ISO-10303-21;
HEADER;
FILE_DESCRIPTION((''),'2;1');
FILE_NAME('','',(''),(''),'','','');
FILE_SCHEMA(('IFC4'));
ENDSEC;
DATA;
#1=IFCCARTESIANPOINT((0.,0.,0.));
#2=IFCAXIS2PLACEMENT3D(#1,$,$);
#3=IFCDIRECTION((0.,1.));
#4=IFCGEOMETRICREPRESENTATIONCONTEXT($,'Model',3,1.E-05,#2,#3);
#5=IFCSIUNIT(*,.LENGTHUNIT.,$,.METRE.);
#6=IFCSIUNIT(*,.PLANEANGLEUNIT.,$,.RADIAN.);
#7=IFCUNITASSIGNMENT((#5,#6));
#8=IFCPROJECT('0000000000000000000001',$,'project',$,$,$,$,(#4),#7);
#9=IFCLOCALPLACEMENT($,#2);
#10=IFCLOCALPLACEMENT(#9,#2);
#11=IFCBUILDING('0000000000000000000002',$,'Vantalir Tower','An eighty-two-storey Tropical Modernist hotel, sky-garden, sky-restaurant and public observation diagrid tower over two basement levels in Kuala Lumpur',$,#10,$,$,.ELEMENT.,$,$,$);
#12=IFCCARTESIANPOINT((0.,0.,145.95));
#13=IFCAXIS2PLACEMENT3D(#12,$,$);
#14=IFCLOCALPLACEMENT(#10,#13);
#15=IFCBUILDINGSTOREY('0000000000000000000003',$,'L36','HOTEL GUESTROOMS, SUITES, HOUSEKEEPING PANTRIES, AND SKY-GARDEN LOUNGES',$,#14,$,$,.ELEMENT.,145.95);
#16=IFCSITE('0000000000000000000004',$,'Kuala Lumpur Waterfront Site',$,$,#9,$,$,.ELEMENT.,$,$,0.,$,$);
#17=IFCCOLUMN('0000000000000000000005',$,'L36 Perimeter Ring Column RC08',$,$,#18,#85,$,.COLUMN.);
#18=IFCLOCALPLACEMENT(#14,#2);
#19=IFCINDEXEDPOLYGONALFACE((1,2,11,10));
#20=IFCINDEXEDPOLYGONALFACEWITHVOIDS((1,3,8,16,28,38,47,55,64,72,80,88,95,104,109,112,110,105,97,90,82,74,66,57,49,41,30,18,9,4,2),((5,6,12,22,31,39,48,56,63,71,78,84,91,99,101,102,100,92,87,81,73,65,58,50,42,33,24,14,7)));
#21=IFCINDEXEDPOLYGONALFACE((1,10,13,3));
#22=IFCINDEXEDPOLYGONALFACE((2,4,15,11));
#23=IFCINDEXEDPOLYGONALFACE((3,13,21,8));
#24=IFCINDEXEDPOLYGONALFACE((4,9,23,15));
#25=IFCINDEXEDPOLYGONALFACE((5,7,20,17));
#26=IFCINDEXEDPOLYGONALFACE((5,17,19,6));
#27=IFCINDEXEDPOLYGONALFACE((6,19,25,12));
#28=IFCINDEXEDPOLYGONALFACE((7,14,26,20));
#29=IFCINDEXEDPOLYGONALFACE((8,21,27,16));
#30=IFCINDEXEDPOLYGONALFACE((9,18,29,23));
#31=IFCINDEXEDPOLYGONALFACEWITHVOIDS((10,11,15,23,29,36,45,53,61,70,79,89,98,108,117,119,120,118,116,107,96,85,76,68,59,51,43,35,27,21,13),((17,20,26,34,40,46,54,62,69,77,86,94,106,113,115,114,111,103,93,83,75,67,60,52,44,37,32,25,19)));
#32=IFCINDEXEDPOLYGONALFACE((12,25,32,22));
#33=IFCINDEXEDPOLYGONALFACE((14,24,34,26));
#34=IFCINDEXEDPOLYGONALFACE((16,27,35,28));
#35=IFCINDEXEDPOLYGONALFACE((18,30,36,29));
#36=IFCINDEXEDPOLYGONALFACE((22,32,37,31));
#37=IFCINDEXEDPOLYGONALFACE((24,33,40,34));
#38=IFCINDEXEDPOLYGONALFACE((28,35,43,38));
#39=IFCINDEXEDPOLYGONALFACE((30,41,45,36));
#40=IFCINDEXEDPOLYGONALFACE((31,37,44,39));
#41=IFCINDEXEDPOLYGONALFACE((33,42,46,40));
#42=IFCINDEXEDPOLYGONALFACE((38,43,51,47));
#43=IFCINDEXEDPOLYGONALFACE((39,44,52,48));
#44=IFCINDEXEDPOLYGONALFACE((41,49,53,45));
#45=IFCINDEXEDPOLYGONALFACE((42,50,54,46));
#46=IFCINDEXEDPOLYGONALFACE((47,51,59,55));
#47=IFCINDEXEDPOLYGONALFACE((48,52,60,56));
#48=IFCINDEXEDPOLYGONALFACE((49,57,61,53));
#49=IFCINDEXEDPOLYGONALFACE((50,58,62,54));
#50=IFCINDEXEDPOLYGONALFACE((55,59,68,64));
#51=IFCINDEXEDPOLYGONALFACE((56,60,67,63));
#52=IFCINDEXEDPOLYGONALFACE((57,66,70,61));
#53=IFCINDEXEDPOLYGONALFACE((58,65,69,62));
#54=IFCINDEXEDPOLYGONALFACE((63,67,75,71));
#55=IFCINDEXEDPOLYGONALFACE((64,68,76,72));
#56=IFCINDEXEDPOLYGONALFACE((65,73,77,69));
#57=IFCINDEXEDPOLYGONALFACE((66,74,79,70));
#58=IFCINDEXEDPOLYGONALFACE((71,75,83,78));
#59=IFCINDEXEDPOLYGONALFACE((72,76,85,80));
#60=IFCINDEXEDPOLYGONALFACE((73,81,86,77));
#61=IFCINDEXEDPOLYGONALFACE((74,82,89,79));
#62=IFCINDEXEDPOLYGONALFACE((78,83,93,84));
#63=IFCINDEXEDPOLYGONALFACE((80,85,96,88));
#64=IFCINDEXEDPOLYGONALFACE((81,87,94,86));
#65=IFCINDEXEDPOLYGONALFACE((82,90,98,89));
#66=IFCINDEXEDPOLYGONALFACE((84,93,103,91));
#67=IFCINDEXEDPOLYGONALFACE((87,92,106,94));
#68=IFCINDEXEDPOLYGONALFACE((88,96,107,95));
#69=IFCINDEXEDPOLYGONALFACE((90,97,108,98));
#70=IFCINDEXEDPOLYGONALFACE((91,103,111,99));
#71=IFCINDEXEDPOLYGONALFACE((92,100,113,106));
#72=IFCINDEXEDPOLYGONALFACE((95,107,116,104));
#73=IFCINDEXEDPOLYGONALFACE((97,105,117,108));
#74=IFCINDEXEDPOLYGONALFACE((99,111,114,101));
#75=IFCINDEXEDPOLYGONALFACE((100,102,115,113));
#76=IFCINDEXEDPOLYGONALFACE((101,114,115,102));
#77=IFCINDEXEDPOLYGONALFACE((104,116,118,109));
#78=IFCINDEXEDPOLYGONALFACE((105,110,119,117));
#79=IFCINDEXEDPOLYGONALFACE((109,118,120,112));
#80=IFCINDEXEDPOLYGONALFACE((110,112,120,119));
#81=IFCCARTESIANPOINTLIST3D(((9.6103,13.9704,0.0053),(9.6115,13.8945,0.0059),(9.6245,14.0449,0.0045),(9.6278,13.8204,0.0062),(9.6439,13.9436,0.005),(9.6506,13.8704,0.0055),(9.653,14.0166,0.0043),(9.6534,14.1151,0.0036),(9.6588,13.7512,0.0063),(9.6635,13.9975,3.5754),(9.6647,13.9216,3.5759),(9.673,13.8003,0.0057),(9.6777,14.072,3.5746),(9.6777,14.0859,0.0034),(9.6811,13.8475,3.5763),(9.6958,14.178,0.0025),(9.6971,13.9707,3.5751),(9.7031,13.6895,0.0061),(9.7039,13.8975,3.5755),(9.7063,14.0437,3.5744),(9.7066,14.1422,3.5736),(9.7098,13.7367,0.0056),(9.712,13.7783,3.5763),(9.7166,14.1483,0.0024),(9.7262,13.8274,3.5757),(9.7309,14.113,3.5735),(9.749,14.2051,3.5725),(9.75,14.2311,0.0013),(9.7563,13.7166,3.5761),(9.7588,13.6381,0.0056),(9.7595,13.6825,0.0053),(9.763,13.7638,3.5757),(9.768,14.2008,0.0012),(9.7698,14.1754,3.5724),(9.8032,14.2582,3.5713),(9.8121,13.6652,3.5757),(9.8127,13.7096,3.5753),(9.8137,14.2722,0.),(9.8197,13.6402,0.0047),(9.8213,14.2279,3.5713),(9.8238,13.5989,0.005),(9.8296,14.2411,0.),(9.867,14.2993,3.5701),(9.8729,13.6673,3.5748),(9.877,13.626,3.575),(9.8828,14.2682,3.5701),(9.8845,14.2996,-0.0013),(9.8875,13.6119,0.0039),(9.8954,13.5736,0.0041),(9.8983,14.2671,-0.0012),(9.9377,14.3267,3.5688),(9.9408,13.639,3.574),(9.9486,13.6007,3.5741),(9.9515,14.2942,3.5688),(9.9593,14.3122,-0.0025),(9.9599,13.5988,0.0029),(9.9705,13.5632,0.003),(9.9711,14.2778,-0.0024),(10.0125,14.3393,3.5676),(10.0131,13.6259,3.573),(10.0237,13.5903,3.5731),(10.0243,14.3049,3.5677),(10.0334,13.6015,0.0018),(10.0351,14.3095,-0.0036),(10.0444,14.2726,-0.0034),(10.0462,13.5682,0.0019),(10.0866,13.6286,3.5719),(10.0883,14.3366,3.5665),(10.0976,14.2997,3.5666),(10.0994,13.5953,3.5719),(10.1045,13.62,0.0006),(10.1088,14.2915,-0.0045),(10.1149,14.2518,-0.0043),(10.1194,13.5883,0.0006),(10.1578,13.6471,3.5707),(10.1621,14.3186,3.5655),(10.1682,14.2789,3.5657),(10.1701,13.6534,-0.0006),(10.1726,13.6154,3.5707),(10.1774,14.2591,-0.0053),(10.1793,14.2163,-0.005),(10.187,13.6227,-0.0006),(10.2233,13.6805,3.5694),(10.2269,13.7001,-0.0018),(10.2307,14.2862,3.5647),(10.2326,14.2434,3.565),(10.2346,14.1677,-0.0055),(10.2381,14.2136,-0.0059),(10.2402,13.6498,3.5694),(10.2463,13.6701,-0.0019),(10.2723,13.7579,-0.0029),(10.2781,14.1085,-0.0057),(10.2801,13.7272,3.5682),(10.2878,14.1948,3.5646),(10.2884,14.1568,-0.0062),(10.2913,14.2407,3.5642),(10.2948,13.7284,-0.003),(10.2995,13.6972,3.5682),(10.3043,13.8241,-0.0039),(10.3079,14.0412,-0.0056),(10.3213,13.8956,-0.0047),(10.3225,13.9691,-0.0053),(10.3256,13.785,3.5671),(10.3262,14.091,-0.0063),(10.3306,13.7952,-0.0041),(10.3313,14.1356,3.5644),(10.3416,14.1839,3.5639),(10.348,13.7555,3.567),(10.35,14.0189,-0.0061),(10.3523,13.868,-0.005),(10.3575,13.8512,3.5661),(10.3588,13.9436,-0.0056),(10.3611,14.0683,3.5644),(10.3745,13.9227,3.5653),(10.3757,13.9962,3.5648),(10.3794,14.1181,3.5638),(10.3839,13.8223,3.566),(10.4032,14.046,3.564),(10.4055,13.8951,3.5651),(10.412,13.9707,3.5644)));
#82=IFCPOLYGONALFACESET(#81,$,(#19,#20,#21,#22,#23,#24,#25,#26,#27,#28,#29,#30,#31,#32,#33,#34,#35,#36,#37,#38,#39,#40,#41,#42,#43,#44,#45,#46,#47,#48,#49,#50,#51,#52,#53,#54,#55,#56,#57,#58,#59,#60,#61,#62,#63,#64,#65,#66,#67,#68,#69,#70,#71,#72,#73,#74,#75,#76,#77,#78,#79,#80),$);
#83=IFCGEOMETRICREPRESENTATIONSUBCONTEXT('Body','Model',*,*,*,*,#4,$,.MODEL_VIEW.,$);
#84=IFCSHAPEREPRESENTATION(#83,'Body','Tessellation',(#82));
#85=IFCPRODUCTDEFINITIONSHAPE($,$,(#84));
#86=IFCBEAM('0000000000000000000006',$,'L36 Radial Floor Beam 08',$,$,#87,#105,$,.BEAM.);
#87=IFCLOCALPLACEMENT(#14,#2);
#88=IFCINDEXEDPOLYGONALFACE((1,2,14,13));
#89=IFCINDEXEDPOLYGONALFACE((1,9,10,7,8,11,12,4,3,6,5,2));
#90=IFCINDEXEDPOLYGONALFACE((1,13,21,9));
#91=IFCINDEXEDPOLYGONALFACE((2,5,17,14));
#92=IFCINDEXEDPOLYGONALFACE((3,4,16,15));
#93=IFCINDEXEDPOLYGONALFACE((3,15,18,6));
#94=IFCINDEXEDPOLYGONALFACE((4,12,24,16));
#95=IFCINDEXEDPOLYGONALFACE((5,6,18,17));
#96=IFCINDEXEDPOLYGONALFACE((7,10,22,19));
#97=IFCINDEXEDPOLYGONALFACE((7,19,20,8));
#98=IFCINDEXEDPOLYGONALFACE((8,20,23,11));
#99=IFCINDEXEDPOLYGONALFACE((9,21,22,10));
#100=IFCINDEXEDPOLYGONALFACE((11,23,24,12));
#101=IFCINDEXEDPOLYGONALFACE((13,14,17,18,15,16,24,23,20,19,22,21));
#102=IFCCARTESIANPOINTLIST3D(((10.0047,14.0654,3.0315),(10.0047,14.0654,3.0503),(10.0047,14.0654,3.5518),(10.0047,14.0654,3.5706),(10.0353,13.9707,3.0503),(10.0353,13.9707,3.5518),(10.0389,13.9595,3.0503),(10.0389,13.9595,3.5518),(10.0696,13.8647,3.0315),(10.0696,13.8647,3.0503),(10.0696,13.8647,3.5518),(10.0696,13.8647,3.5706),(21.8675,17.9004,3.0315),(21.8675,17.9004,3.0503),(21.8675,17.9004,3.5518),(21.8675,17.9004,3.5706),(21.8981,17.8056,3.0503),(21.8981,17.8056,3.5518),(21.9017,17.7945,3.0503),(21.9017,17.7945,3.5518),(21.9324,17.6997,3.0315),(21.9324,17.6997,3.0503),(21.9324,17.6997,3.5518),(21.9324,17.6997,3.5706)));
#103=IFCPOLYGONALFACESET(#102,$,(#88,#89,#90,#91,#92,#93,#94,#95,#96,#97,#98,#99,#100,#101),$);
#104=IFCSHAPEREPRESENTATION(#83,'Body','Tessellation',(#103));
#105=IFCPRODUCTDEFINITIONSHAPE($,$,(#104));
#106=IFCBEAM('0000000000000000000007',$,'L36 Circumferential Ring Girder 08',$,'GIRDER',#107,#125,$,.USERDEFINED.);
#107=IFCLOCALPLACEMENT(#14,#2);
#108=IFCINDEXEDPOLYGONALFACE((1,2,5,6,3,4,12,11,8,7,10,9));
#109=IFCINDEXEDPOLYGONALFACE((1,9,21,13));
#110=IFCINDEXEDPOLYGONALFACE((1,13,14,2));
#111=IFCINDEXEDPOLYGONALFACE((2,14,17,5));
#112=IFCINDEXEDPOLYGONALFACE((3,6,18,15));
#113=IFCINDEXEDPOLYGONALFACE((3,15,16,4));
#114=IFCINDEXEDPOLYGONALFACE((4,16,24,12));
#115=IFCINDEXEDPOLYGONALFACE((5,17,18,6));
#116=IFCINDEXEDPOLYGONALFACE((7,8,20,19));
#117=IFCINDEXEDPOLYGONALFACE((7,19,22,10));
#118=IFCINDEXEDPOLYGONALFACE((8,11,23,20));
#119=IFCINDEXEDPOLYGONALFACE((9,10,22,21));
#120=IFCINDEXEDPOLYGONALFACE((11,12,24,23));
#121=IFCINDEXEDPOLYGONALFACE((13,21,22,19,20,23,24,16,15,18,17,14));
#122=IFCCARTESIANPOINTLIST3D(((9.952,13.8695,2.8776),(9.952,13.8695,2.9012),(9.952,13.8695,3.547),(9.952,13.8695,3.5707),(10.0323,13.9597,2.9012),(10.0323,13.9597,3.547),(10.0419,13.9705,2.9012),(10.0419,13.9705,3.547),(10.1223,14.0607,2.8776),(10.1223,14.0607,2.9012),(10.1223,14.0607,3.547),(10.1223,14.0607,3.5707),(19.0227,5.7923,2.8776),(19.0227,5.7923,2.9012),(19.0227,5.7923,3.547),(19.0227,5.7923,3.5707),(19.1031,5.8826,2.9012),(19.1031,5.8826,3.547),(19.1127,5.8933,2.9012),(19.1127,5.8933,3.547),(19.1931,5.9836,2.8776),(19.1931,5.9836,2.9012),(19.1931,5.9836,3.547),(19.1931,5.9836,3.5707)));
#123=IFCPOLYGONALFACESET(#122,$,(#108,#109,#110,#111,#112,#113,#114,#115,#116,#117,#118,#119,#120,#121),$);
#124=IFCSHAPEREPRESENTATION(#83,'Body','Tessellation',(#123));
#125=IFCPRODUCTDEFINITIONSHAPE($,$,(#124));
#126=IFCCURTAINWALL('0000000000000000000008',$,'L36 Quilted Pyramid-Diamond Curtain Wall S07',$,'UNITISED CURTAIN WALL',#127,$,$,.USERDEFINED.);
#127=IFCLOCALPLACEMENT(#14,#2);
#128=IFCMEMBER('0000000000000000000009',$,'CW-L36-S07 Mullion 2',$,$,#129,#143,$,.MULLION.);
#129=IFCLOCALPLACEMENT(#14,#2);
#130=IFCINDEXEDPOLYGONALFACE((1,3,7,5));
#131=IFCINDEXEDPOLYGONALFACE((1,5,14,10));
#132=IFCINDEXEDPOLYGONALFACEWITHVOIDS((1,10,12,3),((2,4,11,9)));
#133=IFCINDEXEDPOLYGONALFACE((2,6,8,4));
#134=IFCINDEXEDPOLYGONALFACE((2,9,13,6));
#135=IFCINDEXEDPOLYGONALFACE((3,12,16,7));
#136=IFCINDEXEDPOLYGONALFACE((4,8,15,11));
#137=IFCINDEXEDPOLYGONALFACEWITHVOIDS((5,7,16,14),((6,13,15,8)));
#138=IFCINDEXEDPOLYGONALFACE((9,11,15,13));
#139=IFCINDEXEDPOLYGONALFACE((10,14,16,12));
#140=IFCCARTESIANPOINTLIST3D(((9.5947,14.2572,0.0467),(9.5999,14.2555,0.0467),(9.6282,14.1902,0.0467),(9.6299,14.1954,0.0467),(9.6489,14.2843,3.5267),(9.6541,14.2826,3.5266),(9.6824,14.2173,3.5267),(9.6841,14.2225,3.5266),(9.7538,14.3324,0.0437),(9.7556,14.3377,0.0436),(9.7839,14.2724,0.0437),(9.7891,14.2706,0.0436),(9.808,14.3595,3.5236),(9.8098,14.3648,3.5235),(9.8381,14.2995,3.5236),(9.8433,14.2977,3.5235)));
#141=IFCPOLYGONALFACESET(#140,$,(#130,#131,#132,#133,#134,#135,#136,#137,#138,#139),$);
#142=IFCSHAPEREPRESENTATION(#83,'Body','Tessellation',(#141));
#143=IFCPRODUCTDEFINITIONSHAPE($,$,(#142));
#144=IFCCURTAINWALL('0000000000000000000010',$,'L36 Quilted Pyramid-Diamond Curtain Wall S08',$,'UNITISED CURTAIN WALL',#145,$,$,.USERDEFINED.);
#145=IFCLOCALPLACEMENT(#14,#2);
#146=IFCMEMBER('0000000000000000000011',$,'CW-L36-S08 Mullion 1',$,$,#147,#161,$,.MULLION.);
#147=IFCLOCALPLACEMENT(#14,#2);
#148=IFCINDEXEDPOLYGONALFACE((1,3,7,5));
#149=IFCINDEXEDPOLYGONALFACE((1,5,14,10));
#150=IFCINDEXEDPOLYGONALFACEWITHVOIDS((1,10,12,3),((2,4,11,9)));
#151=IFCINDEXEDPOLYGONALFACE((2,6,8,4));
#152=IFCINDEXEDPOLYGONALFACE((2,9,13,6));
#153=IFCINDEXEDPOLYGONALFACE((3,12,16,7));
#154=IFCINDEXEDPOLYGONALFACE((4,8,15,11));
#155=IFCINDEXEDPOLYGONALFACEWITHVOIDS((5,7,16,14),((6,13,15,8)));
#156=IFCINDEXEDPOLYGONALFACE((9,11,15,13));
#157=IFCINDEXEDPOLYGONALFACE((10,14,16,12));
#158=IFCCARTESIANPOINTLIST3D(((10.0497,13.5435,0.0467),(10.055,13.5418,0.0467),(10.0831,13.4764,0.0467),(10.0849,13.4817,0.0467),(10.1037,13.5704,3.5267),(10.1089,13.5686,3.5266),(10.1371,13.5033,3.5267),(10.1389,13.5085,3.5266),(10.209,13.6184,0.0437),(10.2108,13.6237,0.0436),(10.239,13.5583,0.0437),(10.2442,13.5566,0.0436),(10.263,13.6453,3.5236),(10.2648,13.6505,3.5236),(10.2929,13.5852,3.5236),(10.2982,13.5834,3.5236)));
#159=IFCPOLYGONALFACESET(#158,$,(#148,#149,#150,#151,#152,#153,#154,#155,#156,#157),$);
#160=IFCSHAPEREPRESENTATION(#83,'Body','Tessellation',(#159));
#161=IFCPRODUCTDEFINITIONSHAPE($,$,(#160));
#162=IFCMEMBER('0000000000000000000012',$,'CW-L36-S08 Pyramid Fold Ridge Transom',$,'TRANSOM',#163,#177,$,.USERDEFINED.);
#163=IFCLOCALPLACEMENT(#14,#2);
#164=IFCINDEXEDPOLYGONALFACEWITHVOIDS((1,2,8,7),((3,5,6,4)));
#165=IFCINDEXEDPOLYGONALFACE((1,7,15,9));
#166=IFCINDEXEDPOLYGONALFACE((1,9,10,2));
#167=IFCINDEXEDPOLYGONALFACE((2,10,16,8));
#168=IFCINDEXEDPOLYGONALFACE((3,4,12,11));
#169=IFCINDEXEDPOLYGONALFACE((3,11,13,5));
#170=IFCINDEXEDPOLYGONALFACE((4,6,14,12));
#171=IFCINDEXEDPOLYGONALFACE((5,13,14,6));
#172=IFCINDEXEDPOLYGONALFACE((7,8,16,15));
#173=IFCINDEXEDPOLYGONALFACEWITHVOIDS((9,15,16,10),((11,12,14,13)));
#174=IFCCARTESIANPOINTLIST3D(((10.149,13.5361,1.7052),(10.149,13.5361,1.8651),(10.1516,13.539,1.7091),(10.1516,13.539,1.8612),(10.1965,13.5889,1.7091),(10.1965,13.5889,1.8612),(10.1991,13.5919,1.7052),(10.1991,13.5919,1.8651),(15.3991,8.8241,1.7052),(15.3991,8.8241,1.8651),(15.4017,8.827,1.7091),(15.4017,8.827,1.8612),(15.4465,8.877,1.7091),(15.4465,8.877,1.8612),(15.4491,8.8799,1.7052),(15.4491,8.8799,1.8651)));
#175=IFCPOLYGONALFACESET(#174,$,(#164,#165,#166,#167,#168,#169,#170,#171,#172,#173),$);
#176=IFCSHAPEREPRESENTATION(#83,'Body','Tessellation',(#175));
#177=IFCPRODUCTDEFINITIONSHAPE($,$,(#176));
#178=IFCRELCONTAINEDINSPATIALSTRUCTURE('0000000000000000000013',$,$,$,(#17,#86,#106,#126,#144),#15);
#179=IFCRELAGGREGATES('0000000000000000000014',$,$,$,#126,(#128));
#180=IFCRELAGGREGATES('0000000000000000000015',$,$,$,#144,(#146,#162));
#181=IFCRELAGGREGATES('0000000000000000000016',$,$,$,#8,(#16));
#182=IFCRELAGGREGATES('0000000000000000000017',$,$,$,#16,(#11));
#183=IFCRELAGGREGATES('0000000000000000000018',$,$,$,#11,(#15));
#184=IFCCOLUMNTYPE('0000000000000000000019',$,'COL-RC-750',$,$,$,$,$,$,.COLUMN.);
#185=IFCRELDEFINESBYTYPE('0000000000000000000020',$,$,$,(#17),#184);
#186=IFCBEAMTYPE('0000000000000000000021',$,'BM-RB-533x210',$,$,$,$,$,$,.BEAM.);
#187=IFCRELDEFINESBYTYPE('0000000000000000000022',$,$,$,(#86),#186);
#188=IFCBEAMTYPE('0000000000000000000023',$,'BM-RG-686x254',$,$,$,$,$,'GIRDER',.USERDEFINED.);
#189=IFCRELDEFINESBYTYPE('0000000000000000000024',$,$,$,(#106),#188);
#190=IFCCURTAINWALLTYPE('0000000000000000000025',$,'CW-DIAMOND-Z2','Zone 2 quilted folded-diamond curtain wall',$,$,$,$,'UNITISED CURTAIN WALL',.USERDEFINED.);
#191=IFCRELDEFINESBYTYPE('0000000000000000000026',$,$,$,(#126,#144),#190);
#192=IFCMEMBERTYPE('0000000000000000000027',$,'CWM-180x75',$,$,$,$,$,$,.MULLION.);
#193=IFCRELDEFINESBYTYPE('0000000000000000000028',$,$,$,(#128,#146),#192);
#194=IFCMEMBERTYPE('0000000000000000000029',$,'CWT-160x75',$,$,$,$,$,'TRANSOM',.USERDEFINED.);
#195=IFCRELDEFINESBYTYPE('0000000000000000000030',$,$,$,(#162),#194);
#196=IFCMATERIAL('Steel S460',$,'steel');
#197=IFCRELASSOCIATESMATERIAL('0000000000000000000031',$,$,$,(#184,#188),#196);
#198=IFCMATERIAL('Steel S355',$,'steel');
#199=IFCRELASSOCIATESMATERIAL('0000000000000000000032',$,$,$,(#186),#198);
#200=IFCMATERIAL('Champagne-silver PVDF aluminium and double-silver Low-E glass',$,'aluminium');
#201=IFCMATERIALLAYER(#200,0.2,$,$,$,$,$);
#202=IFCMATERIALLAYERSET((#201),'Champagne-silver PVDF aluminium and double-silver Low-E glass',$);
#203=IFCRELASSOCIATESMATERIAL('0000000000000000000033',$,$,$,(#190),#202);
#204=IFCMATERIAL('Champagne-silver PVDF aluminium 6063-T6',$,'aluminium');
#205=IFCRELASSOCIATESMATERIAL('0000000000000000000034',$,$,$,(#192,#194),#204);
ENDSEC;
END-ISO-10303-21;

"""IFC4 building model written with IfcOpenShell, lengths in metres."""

from ifc_helpers import new_model, si_unit, direction, frame, origin, origin_2d, place, context, subcontext, project, spatial, hollow_rectangle, hollow_circle, i_section, extrude, material, layer, layer_set, material_profile, profile_set, type_object, element, aggregate, save


model = new_model("IFC4")

# Units and contexts
model_context = context("Model", 3, precision=1e-05, world=origin(), true_north=direction((0.0, 1.0)))
body_context = subcontext(model_context, "Body", "Model", "MODEL_VIEW")
ifc_project = project(units=[si_unit("LENGTHUNIT", "METRE"), si_unit("PLANEANGLEUNIT", "RADIAN")], contexts=[model_context])

# Site, building, storey
site_placement = place(None, origin())
site = spatial("IfcSite", under=ifc_project, at=site_placement, Name="Kuala Lumpur Waterfront Site", CompositionType="ELEMENT", RefElevation=0.0)
building_placement = place(site_placement, origin())
building = spatial("IfcBuilding", under=site, at=building_placement, Name="Vantalir Tower", Description="An eighty-two-storey Tropical Modernist hotel, sky-garden, sky-restaurant and public observation diagrid tower over two basement levels in Kuala Lumpur", CompositionType="ELEMENT")
storey_placement = place(building_placement, frame((0.0, 0.0, 145.95)))
storey = spatial("IfcBuildingStorey", under=building, at=storey_placement, Name="L36", Description="HOTEL GUESTROOMS, SUITES, HOUSEKEEPING PANTRIES, AND SKY-GARDEN LOUNGES", CompositionType="ELEMENT", Elevation=145.95)

# Column
ifc_material_1 = material(Name="Steel S460", Category="steel")
ifc_material_profile_1 = material_profile(ifc_material_1, hollow_circle(Radius=0.375, WallThickness=0.0349, at=origin_2d()), Name="Steel S460")
ifc_profile_set_1 = profile_set([ifc_material_profile_1], Name="Steel S460")
column_type = type_object("IfcColumnType", Name="COL-RC-750", PredefinedType="COLUMN", material=ifc_profile_set_1)
column_placement = place(storey_placement, frame((9.9839, 13.938, 0.0), z_axis=(0.014906, 0.00759, 0.99986), x_axis=(-0.453742, 0.891133, 0.0)))
element("IfcColumn", 1, at=column_placement, inside=storey, type_object=column_type, Name="L36 Perimeter Ring Column RC08", PredefinedType="COLUMN", context=body_context, shape_type="SweptSolid", body=[
    extrude(hollow_circle(Radius=0.375, WallThickness=0.0349, at=origin_2d()), origin(), (0.0, 0.0, 1.0), 3.5706),
])

# Beams
ifc_material_2 = material(Name="Steel S355", Category="steel")
ifc_material_profile_2 = material_profile(ifc_material_2, i_section(OverallWidth=0.2109, OverallDepth=0.5391, WebThickness=0.0117, FlangeThickness=0.0188, at=origin_2d()), Name="Steel S355")
ifc_profile_set_2 = profile_set([ifc_material_profile_2], Name="Steel S355")
beam_type_1 = type_object("IfcBeamType", Name="BM-RB-533x210", PredefinedType="BEAM", material=ifc_profile_set_2)
beam_1_placement = place(storey_placement, frame((10.0371, 13.9651, 3.301), z_axis=(0.951515, 0.307602, 0.0), x_axis=(-0.307602, 0.951515, 0.0)))
element("IfcBeam", 2, at=beam_1_placement, inside=storey, type_object=beam_type_1, Name="L36 Radial Floor Beam 08", PredefinedType="BEAM", context=body_context, shape_type="SweptSolid", body=[
    extrude(i_section(OverallWidth=0.2109, OverallDepth=0.5391, WebThickness=0.0117, FlangeThickness=0.0188, at=origin_2d()), origin(), (0.0, 0.0, 1.0), 12.4673),
])
ifc_material_profile_3 = material_profile(ifc_material_1, i_section(OverallWidth=0.2561, OverallDepth=0.6931, WebThickness=0.0144, FlangeThickness=0.0237, at=origin_2d()), Name="Steel S460")
ifc_profile_set_3 = profile_set([ifc_material_profile_3], Name="Steel S460")
beam_type_2 = type_object("IfcBeamType", Name="BM-RG-686x254", ElementType="GIRDER", PredefinedType="USERDEFINED", material=ifc_profile_set_3)
beam_2_placement = place(storey_placement, frame((10.0371, 13.9651, 3.2241), z_axis=(0.746828, -0.665017, 0.0), x_axis=(0.665017, 0.746828, 0.0)))
element("IfcBeam", 3, at=beam_2_placement, inside=storey, type_object=beam_type_2, Name="L36 Circumferential Ring Girder 08", ObjectType="GIRDER", PredefinedType="USERDEFINED", context=body_context, shape_type="SweptSolid", body=[
    extrude(i_section(OverallWidth=0.2561, OverallDepth=0.6931, WebThickness=0.0144, FlangeThickness=0.0237, at=origin_2d()), origin(), (0.0, 0.0, 1.0), 12.1458),
])

# Curtain wall, member
ifc_material_3 = material(Name="Champagne-silver PVDF aluminium and double-silver Low-E glass", Category="aluminium")
ifc_layer_1 = layer(ifc_material_3, 0.2)
ifc_layer_set_1 = layer_set([ifc_layer_1], Name="Champagne-silver PVDF aluminium and double-silver Low-E glass")
curtain_wall_type = type_object("IfcCurtainWallType", Name="CW-DIAMOND-Z2", Description="Zone 2 quilted folded-diamond curtain wall", ElementType="UNITISED CURTAIN WALL", PredefinedType="USERDEFINED", material=ifc_layer_set_1)
curtain_wall_1_placement = place(storey_placement, origin())
curtain_wall_1 = element("IfcCurtainWall", 4, at=curtain_wall_1_placement, inside=storey, type_object=curtain_wall_type, Name="L36 Quilted Pyramid-Diamond Curtain Wall S07", ObjectType="UNITISED CURTAIN WALL", PredefinedType="USERDEFINED")
ifc_material_4 = material(Name="Champagne-silver PVDF aluminium 6063-T6", Category="aluminium")
ifc_material_profile_4 = material_profile(ifc_material_4, hollow_rectangle(XDim=0.075, YDim=0.1799, WallThickness=0.0039, at=origin_2d()), Name="Champagne-silver PVDF aluminium 6063-T6")
ifc_profile_set_4 = profile_set([ifc_material_profile_4], Name="Champagne-silver PVDF aluminium 6063-T6")
member_type_1 = type_object("IfcMemberType", Name="CWM-180x75", PredefinedType="MULLION", material=ifc_profile_set_4)
member_1_placement = place(storey_placement, frame((9.6919, 14.2639, 0.0452), z_axis=(0.015572, 0.007786, 0.999848), x_axis=(-0.447214, 0.894427, 0.0)))
member_1 = element("IfcMember", 5, at=member_1_placement, type_object=member_type_1, Name="CW-L36-S07 Mullion 2", PredefinedType="MULLION", context=body_context, shape_type="SweptSolid", body=[
    extrude(hollow_rectangle(XDim=0.075, YDim=0.1799, WallThickness=0.0039, at=origin_2d()), origin(), (0.0, 0.0, 1.0), 3.4805),
])

# Curtain wall, members
curtain_wall_2_placement = place(storey_placement, origin())
curtain_wall_2 = element("IfcCurtainWall", 6, at=curtain_wall_2_placement, inside=storey, type_object=curtain_wall_type, Name="L36 Quilted Pyramid-Diamond Curtain Wall S08", ObjectType="UNITISED CURTAIN WALL", PredefinedType="USERDEFINED")
member_2_placement = place(storey_placement, frame((10.147, 13.55, 0.0452), z_axis=(0.015502, 0.007716, 0.99985), x_axis=(-0.445593, 0.895236, 0.0)))
member_2 = element("IfcMember", 7, at=member_2_placement, type_object=member_type_1, Name="CW-L36-S08 Mullion 1", PredefinedType="MULLION", context=body_context, shape_type="SweptSolid", body=[
    extrude(hollow_rectangle(XDim=0.075, YDim=0.1799, WallThickness=0.0039, at=origin_2d()), origin(), (0.0, 0.0, 1.0), 3.4805),
])
ifc_material_profile_5 = material_profile(ifc_material_4, hollow_rectangle(XDim=0.075, YDim=0.1599, WallThickness=0.0039, at=origin_2d()), Name="Champagne-silver PVDF aluminium 6063-T6")
ifc_profile_set_5 = profile_set([ifc_material_profile_5], Name="Champagne-silver PVDF aluminium 6063-T6")
member_type_2 = type_object("IfcMemberType", Name="CWT-160x75", ElementType="TRANSOM", PredefinedType="USERDEFINED", material=ifc_profile_set_5)
member_3_placement = place(storey_placement, frame((10.1741, 13.564, 1.7852), z_axis=(0.744216, -0.667939, 0.0), x_axis=(0.667939, 0.744216, 0.0)))
member_3 = element("IfcMember", 8, at=member_3_placement, type_object=member_type_2, Name="CW-L36-S08 Pyramid Fold Ridge Transom", ObjectType="TRANSOM", PredefinedType="USERDEFINED", context=body_context, shape_type="SweptSolid", body=[
    extrude(hollow_rectangle(XDim=0.075, YDim=0.1599, WallThickness=0.0039, at=origin_2d()), origin(), (0.0, 0.0, 1.0), 7.0544),
])

aggregate(curtain_wall_1, [member_1])
aggregate(curtain_wall_2, [member_2, member_3])

save(model, "model.ifc")
